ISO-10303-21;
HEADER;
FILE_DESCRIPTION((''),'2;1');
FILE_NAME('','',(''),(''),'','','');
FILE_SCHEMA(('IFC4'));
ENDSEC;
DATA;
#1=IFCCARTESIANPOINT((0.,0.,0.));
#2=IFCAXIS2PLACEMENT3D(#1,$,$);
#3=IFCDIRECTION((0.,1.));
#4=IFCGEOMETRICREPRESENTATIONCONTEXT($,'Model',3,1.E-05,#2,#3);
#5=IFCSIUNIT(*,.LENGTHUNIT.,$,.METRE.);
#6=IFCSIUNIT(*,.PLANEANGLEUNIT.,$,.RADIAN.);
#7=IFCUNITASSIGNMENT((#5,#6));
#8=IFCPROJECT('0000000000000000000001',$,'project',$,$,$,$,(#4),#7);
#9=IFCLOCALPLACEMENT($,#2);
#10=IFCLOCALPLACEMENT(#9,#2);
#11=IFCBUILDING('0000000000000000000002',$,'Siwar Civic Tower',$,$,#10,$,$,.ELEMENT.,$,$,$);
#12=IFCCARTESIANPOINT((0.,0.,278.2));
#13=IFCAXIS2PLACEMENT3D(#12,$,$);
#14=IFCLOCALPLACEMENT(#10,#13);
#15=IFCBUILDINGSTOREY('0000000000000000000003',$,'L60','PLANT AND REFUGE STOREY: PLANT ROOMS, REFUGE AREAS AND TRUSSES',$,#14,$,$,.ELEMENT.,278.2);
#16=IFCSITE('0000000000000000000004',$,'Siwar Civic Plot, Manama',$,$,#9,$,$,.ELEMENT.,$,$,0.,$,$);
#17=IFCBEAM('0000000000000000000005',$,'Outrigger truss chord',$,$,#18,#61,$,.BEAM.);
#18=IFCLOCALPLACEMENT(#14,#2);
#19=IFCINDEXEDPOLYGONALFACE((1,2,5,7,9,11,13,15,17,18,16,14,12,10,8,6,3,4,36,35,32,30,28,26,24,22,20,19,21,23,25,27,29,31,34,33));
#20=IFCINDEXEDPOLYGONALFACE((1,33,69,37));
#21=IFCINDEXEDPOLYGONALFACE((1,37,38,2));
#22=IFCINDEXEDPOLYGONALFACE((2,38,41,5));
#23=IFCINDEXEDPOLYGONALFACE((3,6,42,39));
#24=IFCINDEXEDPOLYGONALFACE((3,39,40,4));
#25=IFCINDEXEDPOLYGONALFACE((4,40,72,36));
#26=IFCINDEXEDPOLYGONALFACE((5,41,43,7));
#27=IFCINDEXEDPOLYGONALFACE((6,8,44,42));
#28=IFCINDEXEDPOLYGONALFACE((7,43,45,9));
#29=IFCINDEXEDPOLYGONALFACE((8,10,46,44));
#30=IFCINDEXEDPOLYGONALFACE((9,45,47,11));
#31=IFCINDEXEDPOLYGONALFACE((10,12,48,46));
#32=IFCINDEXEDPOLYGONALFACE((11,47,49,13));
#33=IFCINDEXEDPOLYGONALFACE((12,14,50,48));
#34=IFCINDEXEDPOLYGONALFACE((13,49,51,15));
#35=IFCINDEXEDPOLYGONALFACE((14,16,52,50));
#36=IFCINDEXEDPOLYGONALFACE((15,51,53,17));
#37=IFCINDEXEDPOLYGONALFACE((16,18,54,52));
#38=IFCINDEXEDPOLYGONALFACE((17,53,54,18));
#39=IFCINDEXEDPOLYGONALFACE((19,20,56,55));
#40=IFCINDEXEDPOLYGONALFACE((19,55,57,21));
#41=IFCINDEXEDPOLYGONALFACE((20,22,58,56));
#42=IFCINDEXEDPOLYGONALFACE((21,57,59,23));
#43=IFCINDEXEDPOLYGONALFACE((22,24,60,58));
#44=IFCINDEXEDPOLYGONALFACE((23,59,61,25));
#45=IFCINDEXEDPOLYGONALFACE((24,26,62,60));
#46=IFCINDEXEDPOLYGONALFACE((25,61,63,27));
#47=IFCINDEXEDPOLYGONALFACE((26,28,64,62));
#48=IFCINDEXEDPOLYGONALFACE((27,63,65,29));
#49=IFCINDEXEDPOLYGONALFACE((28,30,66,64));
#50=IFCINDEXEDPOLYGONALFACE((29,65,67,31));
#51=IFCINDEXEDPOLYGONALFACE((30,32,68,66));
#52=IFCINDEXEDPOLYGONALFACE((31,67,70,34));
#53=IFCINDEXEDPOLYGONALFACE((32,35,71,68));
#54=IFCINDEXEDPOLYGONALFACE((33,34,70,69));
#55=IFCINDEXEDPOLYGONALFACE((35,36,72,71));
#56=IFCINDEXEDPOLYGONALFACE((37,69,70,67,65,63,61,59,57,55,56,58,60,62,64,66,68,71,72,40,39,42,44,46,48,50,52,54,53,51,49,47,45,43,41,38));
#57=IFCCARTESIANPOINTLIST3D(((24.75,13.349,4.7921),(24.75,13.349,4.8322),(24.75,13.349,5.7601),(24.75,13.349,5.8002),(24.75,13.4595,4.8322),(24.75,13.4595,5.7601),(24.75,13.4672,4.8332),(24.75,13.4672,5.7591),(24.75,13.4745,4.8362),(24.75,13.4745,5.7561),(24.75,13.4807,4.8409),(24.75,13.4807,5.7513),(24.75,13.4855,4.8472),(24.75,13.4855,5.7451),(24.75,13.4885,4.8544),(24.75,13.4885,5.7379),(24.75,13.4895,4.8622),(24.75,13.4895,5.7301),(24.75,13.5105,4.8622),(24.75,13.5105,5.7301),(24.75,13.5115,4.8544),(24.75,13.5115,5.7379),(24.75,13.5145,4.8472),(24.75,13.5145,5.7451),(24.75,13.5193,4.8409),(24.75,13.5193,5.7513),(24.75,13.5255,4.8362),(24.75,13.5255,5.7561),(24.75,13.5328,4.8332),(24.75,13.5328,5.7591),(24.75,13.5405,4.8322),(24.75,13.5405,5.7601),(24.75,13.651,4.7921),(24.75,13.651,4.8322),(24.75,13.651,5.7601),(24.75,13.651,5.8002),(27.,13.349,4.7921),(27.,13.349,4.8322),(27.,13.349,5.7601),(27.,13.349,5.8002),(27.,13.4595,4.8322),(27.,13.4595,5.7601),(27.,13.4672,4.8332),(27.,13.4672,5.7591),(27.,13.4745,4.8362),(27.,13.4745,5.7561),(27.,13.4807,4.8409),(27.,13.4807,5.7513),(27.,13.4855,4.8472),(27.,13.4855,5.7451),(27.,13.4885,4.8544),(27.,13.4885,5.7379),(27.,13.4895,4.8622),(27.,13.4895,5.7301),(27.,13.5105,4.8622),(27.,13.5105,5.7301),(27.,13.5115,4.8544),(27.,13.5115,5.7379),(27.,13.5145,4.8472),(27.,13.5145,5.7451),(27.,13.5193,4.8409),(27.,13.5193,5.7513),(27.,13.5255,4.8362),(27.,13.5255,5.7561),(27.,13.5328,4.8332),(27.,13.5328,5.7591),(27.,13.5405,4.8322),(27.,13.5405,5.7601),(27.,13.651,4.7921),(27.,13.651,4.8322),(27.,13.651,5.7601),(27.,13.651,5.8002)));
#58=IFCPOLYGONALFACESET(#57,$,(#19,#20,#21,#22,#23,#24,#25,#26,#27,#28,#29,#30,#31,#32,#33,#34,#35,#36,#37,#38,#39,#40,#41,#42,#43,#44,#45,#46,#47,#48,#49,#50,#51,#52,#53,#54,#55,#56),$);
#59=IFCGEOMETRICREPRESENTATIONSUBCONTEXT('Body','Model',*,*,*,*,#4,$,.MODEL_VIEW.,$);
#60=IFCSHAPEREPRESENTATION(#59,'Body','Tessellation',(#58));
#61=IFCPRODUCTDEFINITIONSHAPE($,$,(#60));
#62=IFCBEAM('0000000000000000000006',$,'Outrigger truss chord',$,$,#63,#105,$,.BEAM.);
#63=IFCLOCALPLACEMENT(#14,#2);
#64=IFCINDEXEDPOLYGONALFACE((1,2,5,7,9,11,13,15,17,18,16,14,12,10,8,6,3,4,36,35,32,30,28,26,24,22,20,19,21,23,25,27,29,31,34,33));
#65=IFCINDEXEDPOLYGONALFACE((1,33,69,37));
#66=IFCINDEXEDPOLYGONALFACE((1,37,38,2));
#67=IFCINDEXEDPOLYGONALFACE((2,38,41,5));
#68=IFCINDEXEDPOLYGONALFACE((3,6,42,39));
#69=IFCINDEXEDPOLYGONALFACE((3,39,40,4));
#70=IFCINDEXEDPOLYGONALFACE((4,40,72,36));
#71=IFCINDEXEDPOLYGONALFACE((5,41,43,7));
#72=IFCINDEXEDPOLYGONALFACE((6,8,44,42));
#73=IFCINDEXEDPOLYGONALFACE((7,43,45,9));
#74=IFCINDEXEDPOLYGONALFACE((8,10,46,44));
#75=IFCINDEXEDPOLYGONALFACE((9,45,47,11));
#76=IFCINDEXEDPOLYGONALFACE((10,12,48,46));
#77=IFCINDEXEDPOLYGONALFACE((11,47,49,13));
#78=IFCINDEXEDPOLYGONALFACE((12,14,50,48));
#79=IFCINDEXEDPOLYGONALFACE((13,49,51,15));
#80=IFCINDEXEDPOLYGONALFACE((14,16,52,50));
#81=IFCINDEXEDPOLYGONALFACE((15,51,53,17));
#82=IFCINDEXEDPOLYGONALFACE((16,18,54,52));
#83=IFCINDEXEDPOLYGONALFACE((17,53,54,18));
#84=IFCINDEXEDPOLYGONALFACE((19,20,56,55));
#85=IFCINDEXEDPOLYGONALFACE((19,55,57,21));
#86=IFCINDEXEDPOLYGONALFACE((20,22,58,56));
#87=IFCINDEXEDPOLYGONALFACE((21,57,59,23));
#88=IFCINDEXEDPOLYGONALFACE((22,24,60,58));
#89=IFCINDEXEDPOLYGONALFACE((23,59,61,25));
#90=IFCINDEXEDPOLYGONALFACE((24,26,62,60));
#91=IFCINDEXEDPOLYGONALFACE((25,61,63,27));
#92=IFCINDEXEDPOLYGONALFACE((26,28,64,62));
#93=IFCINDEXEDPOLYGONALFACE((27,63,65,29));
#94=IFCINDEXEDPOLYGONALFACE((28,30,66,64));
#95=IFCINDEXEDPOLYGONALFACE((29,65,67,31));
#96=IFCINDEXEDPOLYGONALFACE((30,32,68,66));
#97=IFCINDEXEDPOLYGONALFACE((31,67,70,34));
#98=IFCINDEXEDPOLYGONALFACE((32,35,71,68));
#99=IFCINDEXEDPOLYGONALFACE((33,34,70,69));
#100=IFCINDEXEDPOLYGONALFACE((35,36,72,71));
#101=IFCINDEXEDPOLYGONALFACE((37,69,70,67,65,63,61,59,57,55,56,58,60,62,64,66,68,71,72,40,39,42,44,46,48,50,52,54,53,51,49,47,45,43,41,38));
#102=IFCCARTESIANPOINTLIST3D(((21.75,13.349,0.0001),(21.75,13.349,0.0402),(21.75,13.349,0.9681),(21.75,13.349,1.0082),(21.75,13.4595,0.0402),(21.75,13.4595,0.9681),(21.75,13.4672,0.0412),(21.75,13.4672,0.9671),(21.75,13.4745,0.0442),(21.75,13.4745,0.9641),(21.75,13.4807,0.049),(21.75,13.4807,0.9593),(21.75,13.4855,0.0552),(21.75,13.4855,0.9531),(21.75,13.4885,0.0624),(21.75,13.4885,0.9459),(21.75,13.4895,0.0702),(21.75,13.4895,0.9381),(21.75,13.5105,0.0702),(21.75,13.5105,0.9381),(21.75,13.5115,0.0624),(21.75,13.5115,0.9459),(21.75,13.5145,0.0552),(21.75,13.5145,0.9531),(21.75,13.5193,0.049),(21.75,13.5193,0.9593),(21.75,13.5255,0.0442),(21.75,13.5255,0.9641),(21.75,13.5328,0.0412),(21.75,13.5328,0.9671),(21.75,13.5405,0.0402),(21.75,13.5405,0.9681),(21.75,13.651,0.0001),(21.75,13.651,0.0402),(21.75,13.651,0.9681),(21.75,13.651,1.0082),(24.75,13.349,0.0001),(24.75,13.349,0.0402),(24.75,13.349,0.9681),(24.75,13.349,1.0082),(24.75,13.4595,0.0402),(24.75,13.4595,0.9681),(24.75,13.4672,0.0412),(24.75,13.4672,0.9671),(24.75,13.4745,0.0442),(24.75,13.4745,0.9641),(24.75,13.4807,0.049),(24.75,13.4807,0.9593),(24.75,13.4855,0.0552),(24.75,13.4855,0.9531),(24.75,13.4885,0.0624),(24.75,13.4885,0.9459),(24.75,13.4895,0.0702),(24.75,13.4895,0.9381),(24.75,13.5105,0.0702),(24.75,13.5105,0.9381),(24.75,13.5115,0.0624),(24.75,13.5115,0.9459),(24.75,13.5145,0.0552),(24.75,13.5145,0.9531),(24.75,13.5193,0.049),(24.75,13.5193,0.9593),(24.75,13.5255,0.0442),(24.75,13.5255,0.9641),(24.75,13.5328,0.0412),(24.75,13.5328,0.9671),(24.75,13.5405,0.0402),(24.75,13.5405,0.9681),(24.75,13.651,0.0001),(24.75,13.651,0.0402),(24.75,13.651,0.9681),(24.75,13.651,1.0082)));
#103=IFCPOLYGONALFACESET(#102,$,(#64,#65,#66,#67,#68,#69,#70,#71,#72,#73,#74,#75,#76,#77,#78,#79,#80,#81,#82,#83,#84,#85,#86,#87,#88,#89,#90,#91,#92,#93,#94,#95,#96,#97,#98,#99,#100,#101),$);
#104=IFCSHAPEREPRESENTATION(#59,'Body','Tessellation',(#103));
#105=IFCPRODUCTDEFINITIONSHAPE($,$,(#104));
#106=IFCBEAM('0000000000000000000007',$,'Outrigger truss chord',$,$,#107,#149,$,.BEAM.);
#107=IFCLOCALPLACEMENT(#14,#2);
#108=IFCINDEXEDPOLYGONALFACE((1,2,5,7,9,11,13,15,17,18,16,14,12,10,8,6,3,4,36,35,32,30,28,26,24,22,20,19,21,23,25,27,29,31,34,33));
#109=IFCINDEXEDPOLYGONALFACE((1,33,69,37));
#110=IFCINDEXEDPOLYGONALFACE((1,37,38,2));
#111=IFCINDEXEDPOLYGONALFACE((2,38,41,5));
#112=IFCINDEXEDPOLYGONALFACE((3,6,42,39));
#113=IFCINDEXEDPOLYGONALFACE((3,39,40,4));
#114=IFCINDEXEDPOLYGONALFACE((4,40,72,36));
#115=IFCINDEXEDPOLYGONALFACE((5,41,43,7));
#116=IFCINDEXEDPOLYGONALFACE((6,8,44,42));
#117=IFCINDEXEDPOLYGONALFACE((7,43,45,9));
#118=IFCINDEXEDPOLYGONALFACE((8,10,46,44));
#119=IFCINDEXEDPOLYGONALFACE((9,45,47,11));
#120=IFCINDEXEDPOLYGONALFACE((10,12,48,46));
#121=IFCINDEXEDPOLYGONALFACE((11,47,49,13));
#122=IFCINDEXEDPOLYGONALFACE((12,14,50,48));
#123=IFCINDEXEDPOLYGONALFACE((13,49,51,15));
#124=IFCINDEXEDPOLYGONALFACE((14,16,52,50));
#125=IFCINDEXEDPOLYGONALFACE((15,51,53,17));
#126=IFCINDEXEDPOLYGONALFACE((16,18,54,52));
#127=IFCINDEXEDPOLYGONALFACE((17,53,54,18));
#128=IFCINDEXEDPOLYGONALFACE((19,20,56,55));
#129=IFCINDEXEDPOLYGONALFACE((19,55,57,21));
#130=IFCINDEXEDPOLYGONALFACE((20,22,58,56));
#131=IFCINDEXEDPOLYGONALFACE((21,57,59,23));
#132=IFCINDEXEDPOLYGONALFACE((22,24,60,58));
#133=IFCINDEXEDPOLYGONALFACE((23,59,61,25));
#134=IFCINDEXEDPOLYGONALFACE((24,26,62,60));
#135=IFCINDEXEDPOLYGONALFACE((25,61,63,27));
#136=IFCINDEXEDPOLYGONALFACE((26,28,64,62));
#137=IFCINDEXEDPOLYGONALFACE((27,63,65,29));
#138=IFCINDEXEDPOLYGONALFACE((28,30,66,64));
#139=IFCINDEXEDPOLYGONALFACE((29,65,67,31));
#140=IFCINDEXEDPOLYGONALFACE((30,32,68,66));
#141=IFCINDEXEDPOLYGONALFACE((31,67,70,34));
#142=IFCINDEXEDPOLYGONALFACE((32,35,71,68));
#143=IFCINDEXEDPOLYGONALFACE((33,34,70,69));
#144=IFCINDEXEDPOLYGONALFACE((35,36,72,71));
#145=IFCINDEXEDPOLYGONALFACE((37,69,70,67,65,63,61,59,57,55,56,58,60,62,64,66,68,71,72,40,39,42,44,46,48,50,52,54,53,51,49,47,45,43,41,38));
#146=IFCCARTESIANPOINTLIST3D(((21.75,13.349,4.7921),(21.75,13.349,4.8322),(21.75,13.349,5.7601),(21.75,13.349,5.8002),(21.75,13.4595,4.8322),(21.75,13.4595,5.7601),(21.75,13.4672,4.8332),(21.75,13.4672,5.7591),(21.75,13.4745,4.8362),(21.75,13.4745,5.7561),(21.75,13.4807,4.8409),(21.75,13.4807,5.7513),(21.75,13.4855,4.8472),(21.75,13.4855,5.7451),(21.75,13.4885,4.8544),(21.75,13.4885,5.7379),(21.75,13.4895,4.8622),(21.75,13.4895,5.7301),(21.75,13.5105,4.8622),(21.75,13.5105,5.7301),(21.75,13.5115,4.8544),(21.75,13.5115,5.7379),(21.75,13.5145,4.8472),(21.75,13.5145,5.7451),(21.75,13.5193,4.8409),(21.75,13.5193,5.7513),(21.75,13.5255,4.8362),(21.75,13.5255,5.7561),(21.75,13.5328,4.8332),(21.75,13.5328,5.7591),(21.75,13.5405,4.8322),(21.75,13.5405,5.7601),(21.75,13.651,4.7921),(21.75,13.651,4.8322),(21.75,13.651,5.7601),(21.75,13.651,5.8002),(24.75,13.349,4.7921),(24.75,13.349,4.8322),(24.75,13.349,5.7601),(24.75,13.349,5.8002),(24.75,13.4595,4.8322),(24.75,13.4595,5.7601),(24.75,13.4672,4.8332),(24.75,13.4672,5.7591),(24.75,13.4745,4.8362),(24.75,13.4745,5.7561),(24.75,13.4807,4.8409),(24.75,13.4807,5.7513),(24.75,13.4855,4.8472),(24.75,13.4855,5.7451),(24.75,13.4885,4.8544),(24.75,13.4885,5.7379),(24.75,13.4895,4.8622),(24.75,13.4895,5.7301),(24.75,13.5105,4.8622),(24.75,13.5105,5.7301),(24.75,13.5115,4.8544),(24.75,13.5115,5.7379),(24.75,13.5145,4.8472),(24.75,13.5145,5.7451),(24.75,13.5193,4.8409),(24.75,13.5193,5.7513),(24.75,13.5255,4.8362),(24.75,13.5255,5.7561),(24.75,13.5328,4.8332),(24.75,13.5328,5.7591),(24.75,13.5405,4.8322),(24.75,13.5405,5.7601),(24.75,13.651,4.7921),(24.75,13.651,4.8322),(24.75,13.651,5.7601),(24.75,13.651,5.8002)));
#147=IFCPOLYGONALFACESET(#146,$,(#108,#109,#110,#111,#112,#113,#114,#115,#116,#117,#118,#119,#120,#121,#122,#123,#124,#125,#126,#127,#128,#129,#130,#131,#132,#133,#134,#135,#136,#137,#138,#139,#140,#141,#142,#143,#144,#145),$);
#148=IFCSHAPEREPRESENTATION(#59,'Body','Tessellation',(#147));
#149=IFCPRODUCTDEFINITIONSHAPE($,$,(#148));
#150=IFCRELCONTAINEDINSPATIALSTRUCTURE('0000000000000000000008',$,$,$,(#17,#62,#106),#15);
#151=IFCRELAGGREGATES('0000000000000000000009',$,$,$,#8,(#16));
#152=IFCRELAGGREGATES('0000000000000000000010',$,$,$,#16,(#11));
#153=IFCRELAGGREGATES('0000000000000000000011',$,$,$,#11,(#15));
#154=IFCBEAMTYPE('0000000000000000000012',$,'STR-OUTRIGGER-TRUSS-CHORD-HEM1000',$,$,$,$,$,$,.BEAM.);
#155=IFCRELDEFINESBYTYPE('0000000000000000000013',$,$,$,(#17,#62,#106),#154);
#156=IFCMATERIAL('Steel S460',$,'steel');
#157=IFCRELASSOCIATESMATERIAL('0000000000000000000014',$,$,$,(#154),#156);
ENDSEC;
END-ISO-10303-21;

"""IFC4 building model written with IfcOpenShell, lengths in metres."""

from ifc_helpers import new_model, si_unit, direction, frame, origin, origin_2d, place, context, subcontext, project, spatial, i_section, extrude, material, material_profile, profile_set, type_object, element, save


model = new_model("IFC4")

# Units and contexts
model_context = context("Model", 3, precision=1e-05, world=origin(), true_north=direction((0.0, 1.0)))
body_context = subcontext(model_context, "Body", "Model", "MODEL_VIEW")
ifc_project = project(units=[si_unit("LENGTHUNIT", "METRE"), si_unit("PLANEANGLEUNIT", "RADIAN")], contexts=[model_context])

# Site, building, storey
site_placement = place(None, origin())
site = spatial("IfcSite", under=ifc_project, at=site_placement, Name="Siwar Civic Plot, Manama", CompositionType="ELEMENT", RefElevation=0.0)
building_placement = place(site_placement, origin())
building = spatial("IfcBuilding", under=site, at=building_placement, Name="Siwar Civic Tower", CompositionType="ELEMENT")
storey_placement = place(building_placement, frame((0.0, 0.0, 278.2)))
storey = spatial("IfcBuildingStorey", under=building, at=storey_placement, Name="L60", Description="PLANT AND REFUGE STOREY: PLANT ROOMS, REFUGE AREAS AND TRUSSES", CompositionType="ELEMENT", Elevation=278.2)

# Beams
ifc_material_1 = material(Name="Steel S460", Category="steel")
ifc_material_profile_1 = material_profile(ifc_material_1, i_section(OverallWidth=0.302, OverallDepth=1.0081, WebThickness=0.021, FlangeThickness=0.04, FilletRadius=0.03, at=origin_2d()), Name="HEM1000")
ifc_profile_set_1 = profile_set([ifc_material_profile_1], Name="Steel S460")
beam_type_1 = type_object("IfcBeamType", Name="STR-OUTRIGGER-TRUSS-CHORD-HEM1000", PredefinedType="BEAM", material=ifc_profile_set_1)
for number, where, z_axis, x_axis, name in (
    (1, (24.75, 13.5, 5.2961), (1.0, 0.0, 0.0), (0.0, 1.0, 0.0), "Outrigger truss chord"),
):
    element("IfcBeam", number, at=place(storey_placement, frame(where, z_axis=z_axis, x_axis=x_axis)), inside=storey, type_object=beam_type_1, Name=name, PredefinedType="BEAM", context=body_context, shape_type="SweptSolid", body=[
        extrude(i_section(OverallWidth=0.302, OverallDepth=1.0081, WebThickness=0.021, FlangeThickness=0.04, FilletRadius=0.03, at=origin_2d()), origin(), (0.0, 0.0, 1.0), 2.25),
    ])
for number, where, z_axis, x_axis, name in (
    (2, (24.75, 13.5, 0.5042), (-1.0, 0.0, 0.0), (0.0, -1.0, 0.0), "Outrigger truss chord"),
    (3, (24.75, 13.5, 5.2961), (-1.0, 0.0, 0.0), (0.0, -1.0, 0.0), "Outrigger truss chord"),
):
    element("IfcBeam", number, at=place(storey_placement, frame(where, z_axis=z_axis, x_axis=x_axis)), inside=storey, type_object=beam_type_1, Name=name, PredefinedType="BEAM", context=body_context, shape_type="SweptSolid", body=[
        extrude(i_section(OverallWidth=0.302, OverallDepth=1.0081, WebThickness=0.021, FlangeThickness=0.04, FilletRadius=0.03, at=origin_2d()), origin(), (0.0, 0.0, 1.0), 3.0),
    ])

save(model, "model.ifc")
